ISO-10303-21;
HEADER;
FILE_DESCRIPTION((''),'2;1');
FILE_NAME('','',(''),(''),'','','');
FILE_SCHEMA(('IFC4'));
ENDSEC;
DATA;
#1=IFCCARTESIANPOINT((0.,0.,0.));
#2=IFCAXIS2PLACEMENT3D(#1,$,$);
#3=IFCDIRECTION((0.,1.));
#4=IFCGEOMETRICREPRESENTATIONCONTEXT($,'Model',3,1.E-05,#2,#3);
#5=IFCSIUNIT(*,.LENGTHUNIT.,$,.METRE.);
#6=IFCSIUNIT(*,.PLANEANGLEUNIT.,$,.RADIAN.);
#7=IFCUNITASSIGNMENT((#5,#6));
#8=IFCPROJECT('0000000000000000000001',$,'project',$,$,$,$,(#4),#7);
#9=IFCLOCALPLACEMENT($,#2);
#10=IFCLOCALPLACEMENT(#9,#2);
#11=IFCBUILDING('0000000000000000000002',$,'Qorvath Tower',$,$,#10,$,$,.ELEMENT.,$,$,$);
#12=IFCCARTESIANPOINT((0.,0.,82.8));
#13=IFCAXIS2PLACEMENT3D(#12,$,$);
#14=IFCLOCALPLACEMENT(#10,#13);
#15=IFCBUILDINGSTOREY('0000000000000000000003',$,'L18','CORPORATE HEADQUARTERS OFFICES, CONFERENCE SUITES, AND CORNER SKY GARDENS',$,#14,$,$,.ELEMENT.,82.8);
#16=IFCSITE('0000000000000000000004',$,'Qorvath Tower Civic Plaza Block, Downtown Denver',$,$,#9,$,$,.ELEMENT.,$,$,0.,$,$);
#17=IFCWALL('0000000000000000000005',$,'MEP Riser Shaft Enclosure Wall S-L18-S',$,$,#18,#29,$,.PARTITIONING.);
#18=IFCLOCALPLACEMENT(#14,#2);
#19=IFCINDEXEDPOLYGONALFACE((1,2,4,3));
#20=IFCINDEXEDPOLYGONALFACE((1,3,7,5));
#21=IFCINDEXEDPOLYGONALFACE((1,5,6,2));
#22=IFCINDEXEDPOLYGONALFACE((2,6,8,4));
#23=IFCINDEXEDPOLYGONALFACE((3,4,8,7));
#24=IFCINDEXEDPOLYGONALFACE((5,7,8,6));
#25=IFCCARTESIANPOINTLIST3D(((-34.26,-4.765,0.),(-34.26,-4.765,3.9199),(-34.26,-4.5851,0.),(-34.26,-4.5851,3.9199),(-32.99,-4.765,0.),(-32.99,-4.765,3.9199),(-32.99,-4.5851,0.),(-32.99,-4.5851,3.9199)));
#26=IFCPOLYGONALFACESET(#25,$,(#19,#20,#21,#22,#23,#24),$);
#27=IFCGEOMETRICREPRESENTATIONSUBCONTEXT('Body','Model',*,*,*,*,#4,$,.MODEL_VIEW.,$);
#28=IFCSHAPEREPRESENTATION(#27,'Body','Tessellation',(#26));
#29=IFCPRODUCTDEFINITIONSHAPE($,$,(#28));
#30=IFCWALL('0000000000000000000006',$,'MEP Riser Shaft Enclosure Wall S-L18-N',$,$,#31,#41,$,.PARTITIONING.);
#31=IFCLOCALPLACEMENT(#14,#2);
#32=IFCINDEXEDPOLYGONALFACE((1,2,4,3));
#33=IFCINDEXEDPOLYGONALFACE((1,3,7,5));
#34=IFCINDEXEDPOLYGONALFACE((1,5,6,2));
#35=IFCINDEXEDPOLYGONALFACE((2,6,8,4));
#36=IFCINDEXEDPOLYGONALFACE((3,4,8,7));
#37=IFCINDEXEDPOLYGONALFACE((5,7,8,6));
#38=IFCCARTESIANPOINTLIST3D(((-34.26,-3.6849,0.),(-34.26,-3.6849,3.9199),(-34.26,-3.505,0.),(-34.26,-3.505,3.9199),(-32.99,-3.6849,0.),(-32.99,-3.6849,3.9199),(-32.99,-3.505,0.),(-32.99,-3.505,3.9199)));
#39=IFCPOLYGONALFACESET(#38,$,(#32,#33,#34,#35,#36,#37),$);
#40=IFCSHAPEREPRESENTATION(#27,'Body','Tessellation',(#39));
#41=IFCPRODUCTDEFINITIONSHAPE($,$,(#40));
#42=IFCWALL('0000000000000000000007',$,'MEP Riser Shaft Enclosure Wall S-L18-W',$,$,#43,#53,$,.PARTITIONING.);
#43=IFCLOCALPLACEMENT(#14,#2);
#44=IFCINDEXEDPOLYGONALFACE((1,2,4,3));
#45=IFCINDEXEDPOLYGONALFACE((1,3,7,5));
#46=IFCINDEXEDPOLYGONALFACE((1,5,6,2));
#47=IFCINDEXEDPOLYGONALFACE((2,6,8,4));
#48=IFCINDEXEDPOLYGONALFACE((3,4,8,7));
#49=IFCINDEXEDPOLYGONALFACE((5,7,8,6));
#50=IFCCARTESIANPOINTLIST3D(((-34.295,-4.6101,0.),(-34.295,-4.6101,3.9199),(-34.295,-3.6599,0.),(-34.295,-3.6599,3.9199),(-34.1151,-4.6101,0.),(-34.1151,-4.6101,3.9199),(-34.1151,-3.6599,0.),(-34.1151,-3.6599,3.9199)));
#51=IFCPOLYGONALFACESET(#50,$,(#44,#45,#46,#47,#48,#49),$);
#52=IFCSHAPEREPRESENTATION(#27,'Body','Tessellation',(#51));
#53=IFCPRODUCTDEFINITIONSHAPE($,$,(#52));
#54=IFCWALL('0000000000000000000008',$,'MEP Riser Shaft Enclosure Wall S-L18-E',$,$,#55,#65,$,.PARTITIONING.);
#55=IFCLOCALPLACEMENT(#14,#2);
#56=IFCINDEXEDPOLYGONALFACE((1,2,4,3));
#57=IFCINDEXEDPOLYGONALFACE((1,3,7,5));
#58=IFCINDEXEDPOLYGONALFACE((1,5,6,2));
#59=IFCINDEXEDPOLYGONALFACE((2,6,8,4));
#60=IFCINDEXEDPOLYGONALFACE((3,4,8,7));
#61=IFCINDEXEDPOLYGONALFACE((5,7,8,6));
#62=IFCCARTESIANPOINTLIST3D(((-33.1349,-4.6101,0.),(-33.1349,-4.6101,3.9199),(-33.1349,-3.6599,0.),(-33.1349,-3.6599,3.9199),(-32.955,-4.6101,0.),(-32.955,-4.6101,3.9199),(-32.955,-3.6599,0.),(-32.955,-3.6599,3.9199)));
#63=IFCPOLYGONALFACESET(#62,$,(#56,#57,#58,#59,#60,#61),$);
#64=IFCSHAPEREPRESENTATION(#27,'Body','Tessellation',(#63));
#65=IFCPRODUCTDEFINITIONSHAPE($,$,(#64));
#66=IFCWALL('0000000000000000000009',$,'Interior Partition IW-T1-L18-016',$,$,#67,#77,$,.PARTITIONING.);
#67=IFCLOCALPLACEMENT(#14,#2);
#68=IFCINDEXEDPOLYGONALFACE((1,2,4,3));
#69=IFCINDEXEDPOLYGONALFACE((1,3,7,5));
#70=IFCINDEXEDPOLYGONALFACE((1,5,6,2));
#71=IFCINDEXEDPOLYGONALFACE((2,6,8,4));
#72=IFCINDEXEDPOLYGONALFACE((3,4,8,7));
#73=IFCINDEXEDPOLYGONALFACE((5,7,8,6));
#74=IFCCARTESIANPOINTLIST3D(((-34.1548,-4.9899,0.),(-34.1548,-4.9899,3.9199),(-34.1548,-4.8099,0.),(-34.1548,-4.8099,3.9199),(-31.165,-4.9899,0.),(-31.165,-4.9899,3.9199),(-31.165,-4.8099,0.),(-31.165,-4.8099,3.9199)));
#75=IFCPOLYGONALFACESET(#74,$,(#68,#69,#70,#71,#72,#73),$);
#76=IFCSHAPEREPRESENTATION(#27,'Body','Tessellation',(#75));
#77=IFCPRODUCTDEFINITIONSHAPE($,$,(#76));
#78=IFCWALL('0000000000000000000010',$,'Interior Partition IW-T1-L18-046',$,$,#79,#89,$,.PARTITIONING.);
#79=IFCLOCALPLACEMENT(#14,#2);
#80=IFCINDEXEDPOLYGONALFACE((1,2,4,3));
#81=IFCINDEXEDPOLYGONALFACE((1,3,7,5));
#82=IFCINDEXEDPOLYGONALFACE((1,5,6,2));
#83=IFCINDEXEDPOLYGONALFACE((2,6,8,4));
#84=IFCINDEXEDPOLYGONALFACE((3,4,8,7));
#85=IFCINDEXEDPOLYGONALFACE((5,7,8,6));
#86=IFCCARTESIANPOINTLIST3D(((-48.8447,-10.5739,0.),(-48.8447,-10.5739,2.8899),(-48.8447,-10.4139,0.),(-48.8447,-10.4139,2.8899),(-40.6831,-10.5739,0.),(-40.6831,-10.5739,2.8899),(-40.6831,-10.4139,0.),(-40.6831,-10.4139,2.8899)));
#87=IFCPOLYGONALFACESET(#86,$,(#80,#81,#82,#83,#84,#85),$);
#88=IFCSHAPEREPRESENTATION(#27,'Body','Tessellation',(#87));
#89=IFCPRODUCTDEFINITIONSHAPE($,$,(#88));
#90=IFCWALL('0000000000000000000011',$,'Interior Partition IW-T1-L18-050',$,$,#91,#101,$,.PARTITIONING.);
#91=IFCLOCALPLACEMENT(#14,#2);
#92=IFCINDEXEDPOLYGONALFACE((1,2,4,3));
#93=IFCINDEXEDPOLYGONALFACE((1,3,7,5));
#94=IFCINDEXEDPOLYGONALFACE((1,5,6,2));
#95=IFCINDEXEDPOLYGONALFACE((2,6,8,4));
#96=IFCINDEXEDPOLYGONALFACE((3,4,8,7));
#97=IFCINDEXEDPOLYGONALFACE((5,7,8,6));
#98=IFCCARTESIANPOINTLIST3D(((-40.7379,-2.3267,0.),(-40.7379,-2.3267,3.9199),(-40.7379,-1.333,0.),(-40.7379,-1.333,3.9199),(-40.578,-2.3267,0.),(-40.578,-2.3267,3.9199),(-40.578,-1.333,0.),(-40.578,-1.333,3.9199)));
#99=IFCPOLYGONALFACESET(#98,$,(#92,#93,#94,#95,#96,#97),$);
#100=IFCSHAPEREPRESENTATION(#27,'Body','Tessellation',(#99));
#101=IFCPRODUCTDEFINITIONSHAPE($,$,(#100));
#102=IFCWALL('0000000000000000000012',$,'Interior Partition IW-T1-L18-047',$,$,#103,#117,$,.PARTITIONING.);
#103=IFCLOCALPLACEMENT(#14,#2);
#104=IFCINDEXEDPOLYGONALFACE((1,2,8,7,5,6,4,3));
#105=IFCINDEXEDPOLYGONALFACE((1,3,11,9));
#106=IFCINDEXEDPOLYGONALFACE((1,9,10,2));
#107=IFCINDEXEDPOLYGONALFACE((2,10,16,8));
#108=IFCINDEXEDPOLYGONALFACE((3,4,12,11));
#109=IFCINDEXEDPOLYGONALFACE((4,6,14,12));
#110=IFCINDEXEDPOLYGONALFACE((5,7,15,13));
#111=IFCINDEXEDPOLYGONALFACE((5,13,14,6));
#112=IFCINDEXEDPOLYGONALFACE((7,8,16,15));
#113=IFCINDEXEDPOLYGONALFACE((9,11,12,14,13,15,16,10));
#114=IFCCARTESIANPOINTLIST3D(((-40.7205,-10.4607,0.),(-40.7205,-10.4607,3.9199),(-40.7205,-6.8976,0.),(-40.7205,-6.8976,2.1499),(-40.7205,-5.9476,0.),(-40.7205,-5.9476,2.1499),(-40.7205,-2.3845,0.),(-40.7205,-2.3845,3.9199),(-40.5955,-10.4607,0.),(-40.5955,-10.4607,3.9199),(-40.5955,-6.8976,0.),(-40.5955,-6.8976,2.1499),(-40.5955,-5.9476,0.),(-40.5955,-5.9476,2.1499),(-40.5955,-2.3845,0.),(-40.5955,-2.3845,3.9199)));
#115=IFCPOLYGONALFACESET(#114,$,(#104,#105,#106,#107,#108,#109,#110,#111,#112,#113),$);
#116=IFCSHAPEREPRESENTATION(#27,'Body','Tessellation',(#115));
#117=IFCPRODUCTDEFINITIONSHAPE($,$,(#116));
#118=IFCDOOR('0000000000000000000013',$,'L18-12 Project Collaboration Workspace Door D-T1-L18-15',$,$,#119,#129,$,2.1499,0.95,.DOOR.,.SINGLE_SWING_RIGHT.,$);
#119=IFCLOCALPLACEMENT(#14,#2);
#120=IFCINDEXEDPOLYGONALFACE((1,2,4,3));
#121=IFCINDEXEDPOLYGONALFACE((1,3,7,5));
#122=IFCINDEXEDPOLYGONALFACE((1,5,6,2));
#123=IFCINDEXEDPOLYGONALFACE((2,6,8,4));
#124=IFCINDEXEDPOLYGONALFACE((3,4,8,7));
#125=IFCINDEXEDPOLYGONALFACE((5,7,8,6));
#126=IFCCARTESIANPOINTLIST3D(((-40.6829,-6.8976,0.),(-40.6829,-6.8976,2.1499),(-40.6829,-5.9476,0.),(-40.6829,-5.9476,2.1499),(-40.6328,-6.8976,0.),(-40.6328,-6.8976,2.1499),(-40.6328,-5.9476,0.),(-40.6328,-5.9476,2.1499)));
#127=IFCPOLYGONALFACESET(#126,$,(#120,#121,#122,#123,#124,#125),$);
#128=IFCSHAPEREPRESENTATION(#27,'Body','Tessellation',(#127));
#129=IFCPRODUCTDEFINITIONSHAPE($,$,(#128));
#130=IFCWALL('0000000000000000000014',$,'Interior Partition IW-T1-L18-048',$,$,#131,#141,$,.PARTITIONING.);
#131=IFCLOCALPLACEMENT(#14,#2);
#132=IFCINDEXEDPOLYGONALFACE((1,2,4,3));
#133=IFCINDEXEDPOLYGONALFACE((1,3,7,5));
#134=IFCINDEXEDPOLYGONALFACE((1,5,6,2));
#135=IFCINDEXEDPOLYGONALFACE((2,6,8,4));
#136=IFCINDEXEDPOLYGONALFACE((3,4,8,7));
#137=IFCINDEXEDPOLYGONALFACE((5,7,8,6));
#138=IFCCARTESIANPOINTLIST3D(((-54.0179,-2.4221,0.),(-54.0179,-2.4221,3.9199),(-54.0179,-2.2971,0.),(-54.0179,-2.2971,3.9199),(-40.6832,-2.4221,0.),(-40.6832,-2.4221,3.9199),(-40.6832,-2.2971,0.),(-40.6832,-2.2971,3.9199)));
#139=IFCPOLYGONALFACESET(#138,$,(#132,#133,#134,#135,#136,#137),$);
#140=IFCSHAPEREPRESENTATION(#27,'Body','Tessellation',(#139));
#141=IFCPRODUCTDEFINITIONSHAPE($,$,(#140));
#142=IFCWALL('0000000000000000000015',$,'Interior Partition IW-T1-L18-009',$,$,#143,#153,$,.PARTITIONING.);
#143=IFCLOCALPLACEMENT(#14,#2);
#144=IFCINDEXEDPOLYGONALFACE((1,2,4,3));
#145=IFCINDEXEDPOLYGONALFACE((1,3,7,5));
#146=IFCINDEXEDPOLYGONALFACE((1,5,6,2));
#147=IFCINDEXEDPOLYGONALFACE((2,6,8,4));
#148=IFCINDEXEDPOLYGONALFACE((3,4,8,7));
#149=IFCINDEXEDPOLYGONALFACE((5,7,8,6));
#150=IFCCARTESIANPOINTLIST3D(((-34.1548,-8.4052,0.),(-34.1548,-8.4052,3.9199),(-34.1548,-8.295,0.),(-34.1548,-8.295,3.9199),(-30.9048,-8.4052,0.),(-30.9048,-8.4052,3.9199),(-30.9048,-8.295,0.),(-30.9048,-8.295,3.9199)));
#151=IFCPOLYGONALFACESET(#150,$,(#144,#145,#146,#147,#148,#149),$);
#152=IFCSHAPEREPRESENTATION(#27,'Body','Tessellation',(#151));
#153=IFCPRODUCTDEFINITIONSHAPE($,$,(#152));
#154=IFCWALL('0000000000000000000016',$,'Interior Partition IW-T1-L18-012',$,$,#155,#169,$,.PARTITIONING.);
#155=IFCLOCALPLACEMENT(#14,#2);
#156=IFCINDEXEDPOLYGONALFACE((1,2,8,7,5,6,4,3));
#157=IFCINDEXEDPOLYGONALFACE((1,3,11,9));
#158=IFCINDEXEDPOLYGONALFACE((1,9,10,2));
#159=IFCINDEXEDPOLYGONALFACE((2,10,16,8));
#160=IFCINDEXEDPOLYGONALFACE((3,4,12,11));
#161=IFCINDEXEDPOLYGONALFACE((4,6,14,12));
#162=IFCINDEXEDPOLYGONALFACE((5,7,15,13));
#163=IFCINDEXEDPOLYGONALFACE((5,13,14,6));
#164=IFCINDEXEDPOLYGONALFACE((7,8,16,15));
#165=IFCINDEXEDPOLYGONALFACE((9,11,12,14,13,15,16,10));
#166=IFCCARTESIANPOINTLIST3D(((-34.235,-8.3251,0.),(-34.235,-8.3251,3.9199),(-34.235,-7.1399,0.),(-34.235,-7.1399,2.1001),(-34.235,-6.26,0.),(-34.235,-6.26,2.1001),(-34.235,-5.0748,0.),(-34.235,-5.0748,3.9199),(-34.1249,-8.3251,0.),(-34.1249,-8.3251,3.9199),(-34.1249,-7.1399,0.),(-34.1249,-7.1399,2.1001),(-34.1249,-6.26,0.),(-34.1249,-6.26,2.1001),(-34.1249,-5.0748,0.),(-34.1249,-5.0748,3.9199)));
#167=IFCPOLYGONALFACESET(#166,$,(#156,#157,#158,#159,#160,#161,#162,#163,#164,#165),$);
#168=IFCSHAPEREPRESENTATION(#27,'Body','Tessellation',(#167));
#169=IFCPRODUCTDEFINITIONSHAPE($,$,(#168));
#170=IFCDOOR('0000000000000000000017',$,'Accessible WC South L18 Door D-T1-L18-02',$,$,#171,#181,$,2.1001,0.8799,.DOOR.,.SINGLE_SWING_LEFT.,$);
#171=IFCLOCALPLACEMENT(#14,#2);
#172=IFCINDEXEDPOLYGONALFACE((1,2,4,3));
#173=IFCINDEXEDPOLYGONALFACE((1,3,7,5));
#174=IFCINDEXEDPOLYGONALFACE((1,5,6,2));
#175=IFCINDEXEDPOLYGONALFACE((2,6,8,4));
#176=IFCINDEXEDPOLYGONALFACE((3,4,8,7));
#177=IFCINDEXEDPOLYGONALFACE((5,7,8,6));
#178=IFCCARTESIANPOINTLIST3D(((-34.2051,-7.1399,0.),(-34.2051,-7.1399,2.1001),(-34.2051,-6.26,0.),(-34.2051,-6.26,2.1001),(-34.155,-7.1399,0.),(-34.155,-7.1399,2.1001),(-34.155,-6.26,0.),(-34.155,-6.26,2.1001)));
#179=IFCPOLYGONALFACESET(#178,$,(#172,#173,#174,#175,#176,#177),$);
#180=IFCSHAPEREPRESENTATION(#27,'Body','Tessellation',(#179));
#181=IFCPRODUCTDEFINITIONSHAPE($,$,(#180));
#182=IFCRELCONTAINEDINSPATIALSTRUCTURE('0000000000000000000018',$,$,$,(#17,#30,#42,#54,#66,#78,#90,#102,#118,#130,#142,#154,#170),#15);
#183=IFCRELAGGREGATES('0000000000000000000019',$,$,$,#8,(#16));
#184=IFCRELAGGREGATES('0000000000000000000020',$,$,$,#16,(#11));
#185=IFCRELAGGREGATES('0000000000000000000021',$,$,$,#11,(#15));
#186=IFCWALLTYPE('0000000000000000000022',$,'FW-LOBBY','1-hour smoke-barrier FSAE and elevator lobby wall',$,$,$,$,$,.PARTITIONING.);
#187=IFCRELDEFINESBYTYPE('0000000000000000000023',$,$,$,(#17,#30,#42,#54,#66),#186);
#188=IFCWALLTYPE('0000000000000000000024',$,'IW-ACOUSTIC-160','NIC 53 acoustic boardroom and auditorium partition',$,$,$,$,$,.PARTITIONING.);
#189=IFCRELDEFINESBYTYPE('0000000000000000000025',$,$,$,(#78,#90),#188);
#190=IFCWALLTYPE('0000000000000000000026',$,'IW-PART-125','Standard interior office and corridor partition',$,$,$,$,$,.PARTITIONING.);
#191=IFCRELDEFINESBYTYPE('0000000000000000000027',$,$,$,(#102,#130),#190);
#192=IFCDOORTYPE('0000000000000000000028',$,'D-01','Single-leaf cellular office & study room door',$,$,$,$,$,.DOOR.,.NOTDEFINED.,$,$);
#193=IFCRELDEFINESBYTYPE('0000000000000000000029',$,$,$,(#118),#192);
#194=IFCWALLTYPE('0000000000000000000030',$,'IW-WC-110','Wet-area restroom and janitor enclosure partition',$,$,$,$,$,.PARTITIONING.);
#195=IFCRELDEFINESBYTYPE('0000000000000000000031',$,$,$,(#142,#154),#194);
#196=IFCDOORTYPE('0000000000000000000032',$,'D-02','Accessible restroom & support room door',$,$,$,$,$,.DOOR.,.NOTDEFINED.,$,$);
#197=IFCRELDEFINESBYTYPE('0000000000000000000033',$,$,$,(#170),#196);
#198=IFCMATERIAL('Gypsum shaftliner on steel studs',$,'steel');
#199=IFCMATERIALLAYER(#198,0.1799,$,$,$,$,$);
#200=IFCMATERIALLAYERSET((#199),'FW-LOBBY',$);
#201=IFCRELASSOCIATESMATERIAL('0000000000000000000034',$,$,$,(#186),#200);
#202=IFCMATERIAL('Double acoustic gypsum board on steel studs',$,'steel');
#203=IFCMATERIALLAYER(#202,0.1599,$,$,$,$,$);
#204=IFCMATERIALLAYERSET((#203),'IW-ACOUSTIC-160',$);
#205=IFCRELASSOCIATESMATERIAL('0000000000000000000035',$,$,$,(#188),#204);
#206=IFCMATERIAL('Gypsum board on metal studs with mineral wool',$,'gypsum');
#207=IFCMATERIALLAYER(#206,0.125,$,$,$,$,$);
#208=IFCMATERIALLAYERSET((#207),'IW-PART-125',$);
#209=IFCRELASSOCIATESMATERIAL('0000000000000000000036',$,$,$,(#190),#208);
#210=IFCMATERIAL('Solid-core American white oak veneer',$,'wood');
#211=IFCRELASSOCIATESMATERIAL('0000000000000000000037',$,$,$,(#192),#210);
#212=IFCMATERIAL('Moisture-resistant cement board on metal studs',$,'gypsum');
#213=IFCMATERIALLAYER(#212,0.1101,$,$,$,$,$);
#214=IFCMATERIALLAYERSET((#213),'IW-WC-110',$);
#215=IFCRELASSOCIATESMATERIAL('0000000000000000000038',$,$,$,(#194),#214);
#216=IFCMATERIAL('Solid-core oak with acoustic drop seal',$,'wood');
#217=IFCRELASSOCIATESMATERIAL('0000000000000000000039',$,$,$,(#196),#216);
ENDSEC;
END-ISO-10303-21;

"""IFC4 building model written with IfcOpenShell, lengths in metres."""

from ifc_helpers import new_model, si_unit, direction, frame, frame_2d, origin, place, context, subcontext, project, spatial, rectangle, extrude, material, layer, layer_set, type_object, element, fill, save


model = new_model("IFC4")

# Units and contexts
model_context = context("Model", 3, precision=1e-05, world=origin(), true_north=direction((0.0, 1.0)))
body_context = subcontext(model_context, "Body", "Model", "MODEL_VIEW")
ifc_project = project(units=[si_unit("LENGTHUNIT", "METRE"), si_unit("PLANEANGLEUNIT", "RADIAN")], contexts=[model_context])

# Site, building, storey
site_placement = place(None, origin())
site = spatial("IfcSite", under=ifc_project, at=site_placement, Name="Qorvath Tower Civic Plaza Block, Downtown Denver", CompositionType="ELEMENT", RefElevation=0.0)
building_placement = place(site_placement, origin())
building = spatial("IfcBuilding", under=site, at=building_placement, Name="Qorvath Tower", CompositionType="ELEMENT")
storey_placement = place(building_placement, frame((0.0, 0.0, 82.8)))
storey = spatial("IfcBuildingStorey", under=building, at=storey_placement, Name="L18", Description="CORPORATE HEADQUARTERS OFFICES, CONFERENCE SUITES, AND CORNER SKY GARDENS", CompositionType="ELEMENT", Elevation=82.8)

# Walls
ifc_material_1 = material(Name="Gypsum shaftliner on steel studs", Category="steel")
ifc_layer_1 = layer(ifc_material_1, 0.1799)
ifc_layer_set_1 = layer_set([ifc_layer_1], Name="FW-LOBBY")
wall_type_1 = type_object("IfcWallType", Name="FW-LOBBY", Description="1-hour smoke-barrier FSAE and elevator lobby wall", PredefinedType="PARTITIONING", material=ifc_layer_set_1)
for number, where, z_axis, x_axis, name in (
    (1, (-32.99, -4.675, 0.0), (0.0, 0.0, 1.0), (-1.0, 0.0, 0.0), "MEP Riser Shaft Enclosure Wall S-L18-S"),
    (2, (-34.26, -3.595, 0.0), (0.0, 0.0, 1.0), (1.0, 0.0, 0.0), "MEP Riser Shaft Enclosure Wall S-L18-N"),
):
    element("IfcWall", number, at=place(storey_placement, frame(where, z_axis=z_axis, x_axis=x_axis)), inside=storey, type_object=wall_type_1, Name=name, PredefinedType="PARTITIONING", context=body_context, shape_type="SweptSolid", body=[
        extrude(rectangle(XDim=1.27, YDim=0.1799, at=frame_2d((0.635, 0.0))), origin(), (0.0, 0.0, 1.0), 3.9199),
    ])
for number, where, z_axis, x_axis, name in (
    (3, (-34.2051, -4.6101, 0.0), (0.0, 0.0, 1.0), (0.0, 1.0, 0.0), "MEP Riser Shaft Enclosure Wall S-L18-W"),
    (4, (-33.0449, -3.6599, 0.0), (0.0, 0.0, 1.0), (0.0, -1.0, 0.0), "MEP Riser Shaft Enclosure Wall S-L18-E"),
):
    element("IfcWall", number, at=place(storey_placement, frame(where, z_axis=z_axis, x_axis=x_axis)), inside=storey, type_object=wall_type_1, Name=name, PredefinedType="PARTITIONING", context=body_context, shape_type="SweptSolid", body=[
        extrude(rectangle(XDim=0.9502, YDim=0.1799, at=frame_2d((0.4751, 0.0))), origin(), (0.0, 0.0, 1.0), 3.9199),
    ])
wall_1_placement = place(storey_placement, frame((-34.1548, -4.8999, 0.0), z_axis=(0.0, 0.0, 1.0), x_axis=(1.0, 0.0, 0.0)))
element("IfcWall", 5, at=wall_1_placement, inside=storey, type_object=wall_type_1, Name="Interior Partition IW-T1-L18-016", PredefinedType="PARTITIONING", context=body_context, shape_type="SweptSolid", body=[
    extrude(rectangle(XDim=2.9897, YDim=0.1799, at=frame_2d((1.4949, 0.0))), origin(), (0.0, 0.0, 1.0), 3.9199),
])
ifc_material_2 = material(Name="Double acoustic gypsum board on steel studs", Category="steel")
ifc_layer_2 = layer(ifc_material_2, 0.1599)
ifc_layer_set_2 = layer_set([ifc_layer_2], Name="IW-ACOUSTIC-160")
wall_type_2 = type_object("IfcWallType", Name="IW-ACOUSTIC-160", Description="NIC 53 acoustic boardroom and auditorium partition", PredefinedType="PARTITIONING", material=ifc_layer_set_2)
wall_2_placement = place(storey_placement, frame((-40.6831, -10.4939, 0.0), z_axis=(0.0, 0.0, 1.0), x_axis=(-1.0, 0.0, 0.0)))
element("IfcWall", 6, at=wall_2_placement, inside=storey, type_object=wall_type_2, Name="Interior Partition IW-T1-L18-046", PredefinedType="PARTITIONING", context=body_context, shape_type="SweptSolid", body=[
    extrude(rectangle(XDim=8.1616, YDim=0.1599, at=frame_2d((4.0808, 0.0))), origin(), (0.0, 0.0, 1.0), 2.8899),
])
wall_3_placement = place(storey_placement, frame((-40.658, -2.3267, 0.0), z_axis=(0.0, 0.0, 1.0), x_axis=(0.0, 1.0, 0.0)))
element("IfcWall", 7, at=wall_3_placement, inside=storey, type_object=wall_type_2, Name="Interior Partition IW-T1-L18-050", PredefinedType="PARTITIONING", context=body_context, shape_type="SweptSolid", body=[
    extrude(rectangle(XDim=0.9937, YDim=0.1599, at=frame_2d((0.4968, 0.0))), origin(), (0.0, 0.0, 1.0), 3.9199),
])

# Wall, opening, door
ifc_material_3 = material(Name="Gypsum board on metal studs with mineral wool", Category="gypsum")
ifc_layer_3 = layer(ifc_material_3, 0.125)
ifc_layer_set_3 = layer_set([ifc_layer_3], Name="IW-PART-125")
wall_type_3 = type_object("IfcWallType", Name="IW-PART-125", Description="Standard interior office and corridor partition", PredefinedType="PARTITIONING", material=ifc_layer_set_3)
wall_4_placement = place(storey_placement, frame((-40.658, -10.4607, 0.0), z_axis=(0.0, 0.0, 1.0), x_axis=(0.0, 1.0, 0.0)))
wall_4 = element("IfcWall", 8, at=wall_4_placement, inside=storey, type_object=wall_type_3, Name="Interior Partition IW-T1-L18-047", PredefinedType="PARTITIONING", context=body_context, shape_type="SweptSolid", body=[
    extrude(rectangle(XDim=8.0762, YDim=0.125, at=frame_2d((4.0381, 0.0))), origin(), (0.0, 0.0, 1.0), 3.9199),
])
opening_1_placement = place(wall_4_placement, frame((3.563, 0.0, 0.0)))
opening_1 = element("IfcOpeningElement", 9, at=opening_1_placement, cuts=wall_4, PredefinedType="OPENING", context=body_context, shape_type="SweptSolid", body=[
    extrude(rectangle(XDim=0.95, YDim=2.1499, at=frame_2d((0.4751, 1.075))), frame((0.0, 0.0725, 0.0), z_axis=(0.0, -1.0, 0.0), x_axis=(1.0, 0.0, 0.0)), (0.0, 0.0, 1.0), 0.145),
])
ifc_material_4 = material(Name="Solid-core American white oak veneer", Category="wood")
door_type_1 = type_object("IfcDoorType", Name="D-01", Description="Single-leaf cellular office & study room door", OperationType="NOTDEFINED", PredefinedType="DOOR", material=ifc_material_4)
door_1_placement = place(opening_1_placement, origin())
door_1 = element("IfcDoor", 10, at=door_1_placement, inside=storey, type_object=door_type_1, Name="L18-12 Project Collaboration Workspace Door D-T1-L18-15", OperationType="SINGLE_SWING_RIGHT", OverallHeight=2.1499, OverallWidth=0.95, PredefinedType="DOOR", context=body_context, shape_type="SweptSolid", body=[
    extrude(rectangle(XDim=0.95, YDim=2.1499, at=frame_2d((0.4751, 1.075))), frame((0.0, 0.0249, 0.0), z_axis=(0.0, -1.0, 0.0), x_axis=(1.0, 0.0, 0.0)), (0.0, 0.0, 1.0), 0.05),
])
fill(opening_1, door_1)

# Walls
wall_5_placement = place(storey_placement, frame((-40.6831, -2.3596, 0.0), z_axis=(0.0, 0.0, 1.0), x_axis=(-1.0, 0.0, 0.0)))
element("IfcWall", 11, at=wall_5_placement, inside=storey, type_object=wall_type_3, Name="Interior Partition IW-T1-L18-048", PredefinedType="PARTITIONING", context=body_context, shape_type="SweptSolid", body=[
    extrude(rectangle(XDim=13.3347, YDim=0.125, at=frame_2d((6.6675, 0.0))), origin(), (0.0, 0.0, 1.0), 3.9199),
])
ifc_material_5 = material(Name="Moisture-resistant cement board on metal studs", Category="gypsum")
ifc_layer_4 = layer(ifc_material_5, 0.1101)
ifc_layer_set_4 = layer_set([ifc_layer_4], Name="IW-WC-110")
wall_type_4 = type_object("IfcWallType", Name="IW-WC-110", Description="Wet-area restroom and janitor enclosure partition", PredefinedType="PARTITIONING", material=ifc_layer_set_4)
wall_6_placement = place(storey_placement, frame((-34.1548, -8.3501, 0.0), z_axis=(0.0, 0.0, 1.0), x_axis=(1.0, 0.0, 0.0)))
element("IfcWall", 12, at=wall_6_placement, inside=storey, type_object=wall_type_4, Name="Interior Partition IW-T1-L18-009", PredefinedType="PARTITIONING", context=body_context, shape_type="SweptSolid", body=[
    extrude(rectangle(XDim=3.25, YDim=0.1101, at=frame_2d((1.625, 0.0))), origin(), (0.0, 0.0, 1.0), 3.9199),
])

# Wall, opening, door
wall_7_placement = place(storey_placement, frame((-34.1799, -5.075, 0.0), z_axis=(0.0, 0.0, 1.0), x_axis=(0.0, -1.0, 0.0)))
wall_7 = element("IfcWall", 13, at=wall_7_placement, inside=storey, type_object=wall_type_4, Name="Interior Partition IW-T1-L18-012", PredefinedType="PARTITIONING", context=body_context, shape_type="SweptSolid", body=[
    extrude(rectangle(XDim=3.2502, YDim=0.1101, at=frame_2d((1.625, 0.0))), origin(), (0.0, 0.0, 1.0), 3.9199),
])
opening_2_placement = place(wall_7_placement, frame((1.1851, 0.0, 0.0)))
opening_2 = element("IfcOpeningElement", 14, at=opening_2_placement, cuts=wall_7, PredefinedType="OPENING", context=body_context, shape_type="SweptSolid", body=[
    extrude(rectangle(XDim=0.8799, YDim=2.1001, at=frame_2d((0.4399, 1.05))), frame((0.0, 0.0649, 0.0), z_axis=(0.0, -1.0, 0.0), x_axis=(1.0, 0.0, 0.0)), (0.0, 0.0, 1.0), 0.1301),
])
ifc_material_6 = material(Name="Solid-core oak with acoustic drop seal", Category="wood")
door_type_2 = type_object("IfcDoorType", Name="D-02", Description="Accessible restroom & support room door", OperationType="NOTDEFINED", PredefinedType="DOOR", material=ifc_material_6)
door_2_placement = place(opening_2_placement, origin())
door_2 = element("IfcDoor", 15, at=door_2_placement, inside=storey, type_object=door_type_2, Name="Accessible WC South L18 Door D-T1-L18-02", OperationType="SINGLE_SWING_LEFT", OverallHeight=2.1001, OverallWidth=0.8799, PredefinedType="DOOR", context=body_context, shape_type="SweptSolid", body=[
    extrude(rectangle(XDim=0.8799, YDim=2.1001, at=frame_2d((0.4399, 1.05))), frame((0.0, 0.0249, 0.0), z_axis=(0.0, -1.0, 0.0), x_axis=(1.0, 0.0, 0.0)), (0.0, 0.0, 1.0), 0.05),
])
fill(opening_2, door_2)

save(model, "model.ifc")
